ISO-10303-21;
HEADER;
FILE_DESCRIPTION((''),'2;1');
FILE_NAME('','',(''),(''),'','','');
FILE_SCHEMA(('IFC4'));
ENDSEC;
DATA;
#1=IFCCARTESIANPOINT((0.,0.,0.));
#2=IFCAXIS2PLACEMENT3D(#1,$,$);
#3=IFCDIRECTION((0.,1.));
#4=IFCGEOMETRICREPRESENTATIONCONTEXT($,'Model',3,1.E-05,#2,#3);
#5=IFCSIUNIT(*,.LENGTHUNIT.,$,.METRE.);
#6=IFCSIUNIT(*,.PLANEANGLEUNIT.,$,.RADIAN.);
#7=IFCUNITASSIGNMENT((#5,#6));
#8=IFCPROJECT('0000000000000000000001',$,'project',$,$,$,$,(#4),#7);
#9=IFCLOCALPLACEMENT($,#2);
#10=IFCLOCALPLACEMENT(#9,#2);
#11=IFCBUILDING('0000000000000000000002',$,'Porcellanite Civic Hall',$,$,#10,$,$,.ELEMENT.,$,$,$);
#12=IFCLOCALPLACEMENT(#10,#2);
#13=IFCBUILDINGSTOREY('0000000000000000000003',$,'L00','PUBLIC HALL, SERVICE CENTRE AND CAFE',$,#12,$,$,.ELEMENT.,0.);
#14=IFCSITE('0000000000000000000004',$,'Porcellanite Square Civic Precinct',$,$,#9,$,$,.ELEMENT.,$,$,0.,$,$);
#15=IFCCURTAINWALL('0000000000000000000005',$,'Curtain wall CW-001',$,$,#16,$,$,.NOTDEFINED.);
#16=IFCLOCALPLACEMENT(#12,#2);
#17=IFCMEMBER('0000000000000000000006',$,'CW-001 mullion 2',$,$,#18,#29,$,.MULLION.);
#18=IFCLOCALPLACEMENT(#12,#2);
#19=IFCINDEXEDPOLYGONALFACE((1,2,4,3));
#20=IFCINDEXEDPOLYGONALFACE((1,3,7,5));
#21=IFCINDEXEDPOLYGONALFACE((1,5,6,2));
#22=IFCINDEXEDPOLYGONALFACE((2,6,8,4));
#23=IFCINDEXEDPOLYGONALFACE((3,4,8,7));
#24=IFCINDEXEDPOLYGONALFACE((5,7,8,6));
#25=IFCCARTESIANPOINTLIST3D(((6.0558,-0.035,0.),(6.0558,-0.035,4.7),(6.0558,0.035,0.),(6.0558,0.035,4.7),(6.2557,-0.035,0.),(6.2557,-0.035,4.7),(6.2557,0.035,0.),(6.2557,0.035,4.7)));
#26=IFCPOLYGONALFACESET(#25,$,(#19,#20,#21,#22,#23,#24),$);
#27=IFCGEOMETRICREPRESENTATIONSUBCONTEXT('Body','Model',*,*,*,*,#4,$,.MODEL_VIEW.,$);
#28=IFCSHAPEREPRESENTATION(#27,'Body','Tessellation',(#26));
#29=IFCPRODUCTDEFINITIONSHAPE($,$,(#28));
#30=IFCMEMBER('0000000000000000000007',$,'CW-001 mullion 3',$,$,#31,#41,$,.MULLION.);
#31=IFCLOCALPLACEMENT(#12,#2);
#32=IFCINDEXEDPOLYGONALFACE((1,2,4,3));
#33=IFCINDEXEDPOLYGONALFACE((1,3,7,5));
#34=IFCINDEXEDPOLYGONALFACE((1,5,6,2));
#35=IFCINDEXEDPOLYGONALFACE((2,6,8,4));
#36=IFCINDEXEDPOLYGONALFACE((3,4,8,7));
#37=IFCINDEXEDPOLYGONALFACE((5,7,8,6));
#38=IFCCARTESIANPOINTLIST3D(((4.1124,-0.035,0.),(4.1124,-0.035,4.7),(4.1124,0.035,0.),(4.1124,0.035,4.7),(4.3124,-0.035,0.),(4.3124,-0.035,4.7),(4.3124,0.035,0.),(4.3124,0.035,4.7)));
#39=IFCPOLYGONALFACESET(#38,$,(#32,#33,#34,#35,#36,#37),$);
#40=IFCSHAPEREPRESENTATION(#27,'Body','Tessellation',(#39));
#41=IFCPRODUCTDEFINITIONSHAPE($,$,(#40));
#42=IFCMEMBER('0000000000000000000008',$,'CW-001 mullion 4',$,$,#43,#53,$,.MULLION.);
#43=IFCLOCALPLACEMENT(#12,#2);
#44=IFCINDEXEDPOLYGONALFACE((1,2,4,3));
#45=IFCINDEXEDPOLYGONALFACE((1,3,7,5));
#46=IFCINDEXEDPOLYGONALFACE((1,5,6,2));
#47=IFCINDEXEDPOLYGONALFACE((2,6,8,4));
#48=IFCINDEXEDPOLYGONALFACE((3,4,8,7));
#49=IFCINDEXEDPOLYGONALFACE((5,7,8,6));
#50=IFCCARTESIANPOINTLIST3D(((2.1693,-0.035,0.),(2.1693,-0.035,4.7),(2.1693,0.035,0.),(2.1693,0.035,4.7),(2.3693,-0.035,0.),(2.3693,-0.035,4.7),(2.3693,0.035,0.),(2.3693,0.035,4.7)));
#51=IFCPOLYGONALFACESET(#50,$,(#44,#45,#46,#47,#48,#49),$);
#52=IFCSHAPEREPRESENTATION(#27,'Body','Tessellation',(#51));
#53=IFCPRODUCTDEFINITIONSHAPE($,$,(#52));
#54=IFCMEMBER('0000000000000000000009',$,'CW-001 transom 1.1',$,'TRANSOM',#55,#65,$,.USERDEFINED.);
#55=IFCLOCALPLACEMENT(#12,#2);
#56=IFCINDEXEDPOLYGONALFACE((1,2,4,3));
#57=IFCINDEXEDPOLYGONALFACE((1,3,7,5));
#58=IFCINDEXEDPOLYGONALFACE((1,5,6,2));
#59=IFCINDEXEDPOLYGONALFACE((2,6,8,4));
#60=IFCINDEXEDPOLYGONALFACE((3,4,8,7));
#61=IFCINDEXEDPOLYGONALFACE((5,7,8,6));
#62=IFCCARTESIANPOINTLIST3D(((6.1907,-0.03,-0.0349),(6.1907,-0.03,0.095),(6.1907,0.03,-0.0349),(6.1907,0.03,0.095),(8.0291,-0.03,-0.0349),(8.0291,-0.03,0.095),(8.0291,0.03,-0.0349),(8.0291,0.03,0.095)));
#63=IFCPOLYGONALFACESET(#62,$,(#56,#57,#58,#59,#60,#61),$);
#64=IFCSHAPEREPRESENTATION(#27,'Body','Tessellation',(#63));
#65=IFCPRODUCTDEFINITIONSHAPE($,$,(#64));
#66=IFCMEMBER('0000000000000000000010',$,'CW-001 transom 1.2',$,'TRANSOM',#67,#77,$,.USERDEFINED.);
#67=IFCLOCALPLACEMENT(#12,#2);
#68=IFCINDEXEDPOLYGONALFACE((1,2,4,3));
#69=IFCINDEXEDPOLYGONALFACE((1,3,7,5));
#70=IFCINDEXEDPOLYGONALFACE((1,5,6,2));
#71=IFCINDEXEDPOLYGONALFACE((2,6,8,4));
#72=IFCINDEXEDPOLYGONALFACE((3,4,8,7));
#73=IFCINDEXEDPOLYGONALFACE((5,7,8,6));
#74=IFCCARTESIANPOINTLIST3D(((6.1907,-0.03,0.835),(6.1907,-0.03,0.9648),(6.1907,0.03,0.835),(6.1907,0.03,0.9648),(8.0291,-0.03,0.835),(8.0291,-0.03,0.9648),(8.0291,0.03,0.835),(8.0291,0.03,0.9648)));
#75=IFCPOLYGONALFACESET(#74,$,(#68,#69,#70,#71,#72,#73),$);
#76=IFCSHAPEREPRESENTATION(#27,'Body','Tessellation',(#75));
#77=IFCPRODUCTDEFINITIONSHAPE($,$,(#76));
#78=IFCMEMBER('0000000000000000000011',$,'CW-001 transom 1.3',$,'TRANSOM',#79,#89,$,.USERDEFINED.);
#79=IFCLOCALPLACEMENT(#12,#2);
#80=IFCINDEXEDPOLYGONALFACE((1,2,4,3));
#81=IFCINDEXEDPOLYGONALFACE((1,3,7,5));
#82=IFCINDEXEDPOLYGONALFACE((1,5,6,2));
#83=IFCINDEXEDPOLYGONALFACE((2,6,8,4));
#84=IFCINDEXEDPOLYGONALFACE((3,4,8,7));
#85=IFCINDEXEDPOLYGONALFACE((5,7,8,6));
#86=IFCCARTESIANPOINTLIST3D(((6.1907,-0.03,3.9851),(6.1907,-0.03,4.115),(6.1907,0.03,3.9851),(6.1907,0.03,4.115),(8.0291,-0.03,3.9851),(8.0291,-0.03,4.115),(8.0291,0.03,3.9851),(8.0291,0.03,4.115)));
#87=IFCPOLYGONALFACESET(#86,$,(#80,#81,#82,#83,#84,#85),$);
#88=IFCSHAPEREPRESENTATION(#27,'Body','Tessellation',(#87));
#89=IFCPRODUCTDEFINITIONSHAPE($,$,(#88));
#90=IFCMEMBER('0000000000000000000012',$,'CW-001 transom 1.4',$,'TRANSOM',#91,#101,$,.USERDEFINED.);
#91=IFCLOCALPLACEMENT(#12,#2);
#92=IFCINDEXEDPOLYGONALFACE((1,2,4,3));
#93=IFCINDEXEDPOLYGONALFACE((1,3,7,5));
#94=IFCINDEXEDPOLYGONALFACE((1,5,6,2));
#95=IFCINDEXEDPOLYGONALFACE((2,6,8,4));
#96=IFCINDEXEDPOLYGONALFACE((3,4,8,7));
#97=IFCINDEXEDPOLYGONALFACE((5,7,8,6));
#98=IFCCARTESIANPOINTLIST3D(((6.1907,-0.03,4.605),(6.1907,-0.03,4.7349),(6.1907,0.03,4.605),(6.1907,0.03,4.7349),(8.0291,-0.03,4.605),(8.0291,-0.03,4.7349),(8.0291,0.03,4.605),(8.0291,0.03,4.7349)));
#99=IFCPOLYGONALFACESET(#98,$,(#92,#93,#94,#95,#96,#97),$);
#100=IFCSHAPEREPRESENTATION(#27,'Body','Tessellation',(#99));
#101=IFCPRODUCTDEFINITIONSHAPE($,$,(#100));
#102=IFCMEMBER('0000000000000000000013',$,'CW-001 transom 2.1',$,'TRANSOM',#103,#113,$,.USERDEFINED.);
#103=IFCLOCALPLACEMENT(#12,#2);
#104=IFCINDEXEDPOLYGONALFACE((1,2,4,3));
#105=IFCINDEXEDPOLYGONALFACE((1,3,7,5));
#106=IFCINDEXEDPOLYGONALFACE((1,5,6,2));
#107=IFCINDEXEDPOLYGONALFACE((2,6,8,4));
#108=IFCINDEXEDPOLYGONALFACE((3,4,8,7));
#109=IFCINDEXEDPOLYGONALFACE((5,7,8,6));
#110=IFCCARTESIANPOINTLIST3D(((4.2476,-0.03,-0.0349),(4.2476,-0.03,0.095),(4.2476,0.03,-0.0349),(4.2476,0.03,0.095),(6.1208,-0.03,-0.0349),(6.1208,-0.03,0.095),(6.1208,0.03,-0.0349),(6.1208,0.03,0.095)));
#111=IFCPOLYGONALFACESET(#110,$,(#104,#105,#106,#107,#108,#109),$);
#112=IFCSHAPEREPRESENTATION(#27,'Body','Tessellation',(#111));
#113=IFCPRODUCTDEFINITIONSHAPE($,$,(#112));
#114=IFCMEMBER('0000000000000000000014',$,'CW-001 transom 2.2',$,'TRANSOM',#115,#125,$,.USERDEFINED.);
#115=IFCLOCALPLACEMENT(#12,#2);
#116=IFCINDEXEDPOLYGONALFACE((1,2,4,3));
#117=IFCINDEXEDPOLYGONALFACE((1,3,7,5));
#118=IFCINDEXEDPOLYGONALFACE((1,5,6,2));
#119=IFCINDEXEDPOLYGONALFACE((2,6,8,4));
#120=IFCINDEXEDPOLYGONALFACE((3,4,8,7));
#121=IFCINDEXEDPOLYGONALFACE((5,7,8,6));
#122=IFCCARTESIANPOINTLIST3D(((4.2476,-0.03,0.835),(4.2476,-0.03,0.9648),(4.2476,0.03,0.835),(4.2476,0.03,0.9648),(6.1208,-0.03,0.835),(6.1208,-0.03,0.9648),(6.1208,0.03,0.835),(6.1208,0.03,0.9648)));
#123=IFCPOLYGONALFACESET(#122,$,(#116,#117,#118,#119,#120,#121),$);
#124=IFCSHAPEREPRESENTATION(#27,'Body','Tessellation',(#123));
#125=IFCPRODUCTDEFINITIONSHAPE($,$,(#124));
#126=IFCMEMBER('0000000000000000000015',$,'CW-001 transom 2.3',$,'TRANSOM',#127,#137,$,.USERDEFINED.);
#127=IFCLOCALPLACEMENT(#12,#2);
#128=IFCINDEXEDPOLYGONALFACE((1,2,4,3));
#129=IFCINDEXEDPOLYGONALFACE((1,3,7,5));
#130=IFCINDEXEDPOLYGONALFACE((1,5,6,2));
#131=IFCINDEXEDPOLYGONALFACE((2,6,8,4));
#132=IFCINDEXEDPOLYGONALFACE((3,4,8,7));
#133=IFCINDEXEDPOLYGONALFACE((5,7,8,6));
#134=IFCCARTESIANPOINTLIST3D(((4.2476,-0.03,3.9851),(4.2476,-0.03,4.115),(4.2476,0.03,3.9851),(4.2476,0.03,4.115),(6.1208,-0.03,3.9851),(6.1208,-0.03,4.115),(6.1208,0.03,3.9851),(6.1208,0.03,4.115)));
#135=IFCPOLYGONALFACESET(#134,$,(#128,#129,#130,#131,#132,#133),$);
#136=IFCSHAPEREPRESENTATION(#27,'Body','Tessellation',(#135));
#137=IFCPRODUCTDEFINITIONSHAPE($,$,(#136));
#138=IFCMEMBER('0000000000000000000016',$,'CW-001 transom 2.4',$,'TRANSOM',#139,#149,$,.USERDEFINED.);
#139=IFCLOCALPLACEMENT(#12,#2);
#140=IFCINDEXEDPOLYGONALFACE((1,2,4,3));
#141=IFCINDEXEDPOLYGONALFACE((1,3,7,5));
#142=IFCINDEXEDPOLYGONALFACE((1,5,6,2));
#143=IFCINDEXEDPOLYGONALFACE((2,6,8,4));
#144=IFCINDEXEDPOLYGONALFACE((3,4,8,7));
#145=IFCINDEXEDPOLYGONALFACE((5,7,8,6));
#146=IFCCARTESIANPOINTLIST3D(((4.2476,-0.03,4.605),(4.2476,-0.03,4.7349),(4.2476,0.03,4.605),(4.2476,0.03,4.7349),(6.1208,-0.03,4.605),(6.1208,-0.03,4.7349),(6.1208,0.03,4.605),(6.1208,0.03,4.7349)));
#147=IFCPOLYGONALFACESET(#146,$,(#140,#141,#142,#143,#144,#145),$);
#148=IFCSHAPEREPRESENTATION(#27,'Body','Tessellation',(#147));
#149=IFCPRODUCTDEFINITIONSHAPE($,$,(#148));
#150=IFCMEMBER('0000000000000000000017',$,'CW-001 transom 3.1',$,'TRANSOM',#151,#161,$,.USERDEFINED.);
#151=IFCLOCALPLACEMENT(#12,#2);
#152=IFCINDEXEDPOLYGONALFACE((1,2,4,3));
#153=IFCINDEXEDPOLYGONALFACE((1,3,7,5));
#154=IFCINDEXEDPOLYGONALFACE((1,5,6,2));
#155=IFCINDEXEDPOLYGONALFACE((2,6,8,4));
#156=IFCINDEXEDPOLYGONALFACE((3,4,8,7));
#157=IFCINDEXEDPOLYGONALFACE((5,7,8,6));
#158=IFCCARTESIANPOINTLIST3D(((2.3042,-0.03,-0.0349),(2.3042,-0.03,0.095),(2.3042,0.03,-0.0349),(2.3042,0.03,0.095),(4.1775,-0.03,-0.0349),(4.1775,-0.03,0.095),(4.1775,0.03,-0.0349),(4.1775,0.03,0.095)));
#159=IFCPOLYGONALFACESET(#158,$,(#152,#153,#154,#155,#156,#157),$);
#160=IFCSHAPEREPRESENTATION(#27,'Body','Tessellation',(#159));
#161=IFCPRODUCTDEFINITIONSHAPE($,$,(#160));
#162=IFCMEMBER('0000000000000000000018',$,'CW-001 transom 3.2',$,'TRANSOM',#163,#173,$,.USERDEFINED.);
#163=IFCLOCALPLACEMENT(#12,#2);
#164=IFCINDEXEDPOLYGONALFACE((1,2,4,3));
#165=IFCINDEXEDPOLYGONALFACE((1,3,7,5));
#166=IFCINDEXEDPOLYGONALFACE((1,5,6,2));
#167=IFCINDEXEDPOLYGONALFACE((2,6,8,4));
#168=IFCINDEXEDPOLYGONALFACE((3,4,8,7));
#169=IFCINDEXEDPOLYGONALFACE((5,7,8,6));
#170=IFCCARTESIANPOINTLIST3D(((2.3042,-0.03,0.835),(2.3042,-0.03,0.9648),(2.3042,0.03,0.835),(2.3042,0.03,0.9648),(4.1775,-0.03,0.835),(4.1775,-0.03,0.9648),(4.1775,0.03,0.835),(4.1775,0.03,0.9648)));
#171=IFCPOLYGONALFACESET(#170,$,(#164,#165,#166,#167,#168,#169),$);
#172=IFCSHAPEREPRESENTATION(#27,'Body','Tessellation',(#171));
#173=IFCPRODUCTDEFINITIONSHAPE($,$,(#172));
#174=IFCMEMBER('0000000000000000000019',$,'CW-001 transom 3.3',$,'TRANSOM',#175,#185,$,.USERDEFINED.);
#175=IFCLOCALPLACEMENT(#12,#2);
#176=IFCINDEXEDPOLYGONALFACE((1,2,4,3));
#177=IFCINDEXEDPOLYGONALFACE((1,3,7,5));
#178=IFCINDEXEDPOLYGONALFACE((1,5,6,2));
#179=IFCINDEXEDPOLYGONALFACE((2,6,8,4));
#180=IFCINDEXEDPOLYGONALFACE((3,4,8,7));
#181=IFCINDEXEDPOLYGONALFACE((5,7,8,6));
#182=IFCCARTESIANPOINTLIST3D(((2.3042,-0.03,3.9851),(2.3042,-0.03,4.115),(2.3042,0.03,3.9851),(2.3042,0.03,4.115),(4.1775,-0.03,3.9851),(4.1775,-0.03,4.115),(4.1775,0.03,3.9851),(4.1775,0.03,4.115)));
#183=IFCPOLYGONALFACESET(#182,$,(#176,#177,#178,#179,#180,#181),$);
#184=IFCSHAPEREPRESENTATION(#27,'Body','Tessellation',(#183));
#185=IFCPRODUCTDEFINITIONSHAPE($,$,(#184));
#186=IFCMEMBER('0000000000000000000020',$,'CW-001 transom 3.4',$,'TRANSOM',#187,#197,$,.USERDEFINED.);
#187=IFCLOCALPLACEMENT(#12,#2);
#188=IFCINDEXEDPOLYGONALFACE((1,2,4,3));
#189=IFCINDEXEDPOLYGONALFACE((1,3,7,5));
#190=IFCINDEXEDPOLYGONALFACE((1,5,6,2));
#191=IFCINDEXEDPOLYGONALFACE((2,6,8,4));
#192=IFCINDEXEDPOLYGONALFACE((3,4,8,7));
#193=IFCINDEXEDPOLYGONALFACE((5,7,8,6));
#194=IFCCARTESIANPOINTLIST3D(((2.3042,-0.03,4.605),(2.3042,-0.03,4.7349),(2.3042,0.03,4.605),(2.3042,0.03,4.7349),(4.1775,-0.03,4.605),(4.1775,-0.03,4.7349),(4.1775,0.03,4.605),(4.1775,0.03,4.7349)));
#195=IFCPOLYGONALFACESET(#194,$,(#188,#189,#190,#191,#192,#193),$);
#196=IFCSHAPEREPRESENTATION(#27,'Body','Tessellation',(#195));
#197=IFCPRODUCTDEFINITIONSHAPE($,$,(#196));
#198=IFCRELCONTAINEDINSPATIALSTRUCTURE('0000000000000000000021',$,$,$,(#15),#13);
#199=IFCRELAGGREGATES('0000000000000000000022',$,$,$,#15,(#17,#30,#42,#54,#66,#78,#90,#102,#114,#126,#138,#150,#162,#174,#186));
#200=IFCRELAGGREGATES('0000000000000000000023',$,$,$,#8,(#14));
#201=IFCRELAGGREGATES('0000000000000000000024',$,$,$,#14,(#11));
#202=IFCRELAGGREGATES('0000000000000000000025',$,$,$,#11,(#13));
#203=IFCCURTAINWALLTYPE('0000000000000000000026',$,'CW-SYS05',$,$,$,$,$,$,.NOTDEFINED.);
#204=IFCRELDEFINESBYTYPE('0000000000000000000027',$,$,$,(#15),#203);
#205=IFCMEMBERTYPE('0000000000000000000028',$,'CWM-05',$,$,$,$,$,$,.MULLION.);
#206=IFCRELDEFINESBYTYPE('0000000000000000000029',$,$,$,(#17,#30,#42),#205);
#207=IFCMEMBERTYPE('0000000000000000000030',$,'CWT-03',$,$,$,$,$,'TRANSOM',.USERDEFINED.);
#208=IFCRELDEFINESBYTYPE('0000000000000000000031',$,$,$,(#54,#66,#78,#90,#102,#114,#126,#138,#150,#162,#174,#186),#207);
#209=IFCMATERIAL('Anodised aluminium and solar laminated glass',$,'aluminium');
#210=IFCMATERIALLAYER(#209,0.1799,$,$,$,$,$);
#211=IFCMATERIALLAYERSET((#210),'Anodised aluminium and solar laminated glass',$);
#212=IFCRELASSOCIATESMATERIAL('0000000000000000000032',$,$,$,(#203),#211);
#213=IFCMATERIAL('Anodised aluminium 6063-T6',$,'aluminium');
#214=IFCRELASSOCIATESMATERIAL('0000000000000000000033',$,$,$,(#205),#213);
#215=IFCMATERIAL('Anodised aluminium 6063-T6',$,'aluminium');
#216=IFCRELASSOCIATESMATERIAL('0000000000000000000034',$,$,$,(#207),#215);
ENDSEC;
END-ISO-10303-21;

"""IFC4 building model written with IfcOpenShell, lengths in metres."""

from ifc_helpers import new_model, si_unit, direction, frame, origin, origin_2d, place, context, subcontext, project, spatial, rectangle, extrude, material, layer, layer_set, material_profile, profile_set, type_object, element, aggregate, save


model = new_model("IFC4")

# Units and contexts
model_context = context("Model", 3, precision=1e-05, world=origin(), true_north=direction((0.0, 1.0)))
body_context = subcontext(model_context, "Body", "Model", "MODEL_VIEW")
ifc_project = project(units=[si_unit("LENGTHUNIT", "METRE"), si_unit("PLANEANGLEUNIT", "RADIAN")], contexts=[model_context])

# Site, building, storey
site_placement = place(None, origin())
site = spatial("IfcSite", under=ifc_project, at=site_placement, Name="Porcellanite Square Civic Precinct", CompositionType="ELEMENT", RefElevation=0.0)
building_placement = place(site_placement, origin())
building = spatial("IfcBuilding", under=site, at=building_placement, Name="Porcellanite Civic Hall", CompositionType="ELEMENT")
storey_placement = place(building_placement, origin())
storey = spatial("IfcBuildingStorey", under=building, at=storey_placement, Name="L00", Description="PUBLIC HALL, SERVICE CENTRE AND CAFE", CompositionType="ELEMENT", Elevation=0.0)

# Curtain wall, members
ifc_material_1 = material(Name="Anodised aluminium and solar laminated glass", Category="aluminium")
ifc_layer_1 = layer(ifc_material_1, 0.1799)
ifc_layer_set_1 = layer_set([ifc_layer_1], Name="Anodised aluminium and solar laminated glass")
curtain_wall_type = type_object("IfcCurtainWallType", Name="CW-SYS05", PredefinedType="NOTDEFINED", material=ifc_layer_set_1)
curtain_wall_placement = place(storey_placement, origin())
curtain_wall = element("IfcCurtainWall", 1, at=curtain_wall_placement, inside=storey, type_object=curtain_wall_type, Name="Curtain wall CW-001", PredefinedType="NOTDEFINED")
ifc_material_2 = material(Name="Anodised aluminium 6063-T6", Category="aluminium")
ifc_material_profile_1 = material_profile(ifc_material_2, rectangle(XDim=0.0701, YDim=0.2, at=origin_2d()), Name="AL-70x200")
ifc_profile_set_1 = profile_set([ifc_material_profile_1], Name="Anodised aluminium 6063-T6")
member_type_1 = type_object("IfcMemberType", Name="CWM-05", PredefinedType="MULLION", material=ifc_profile_set_1)
member_1_placement = place(storey_placement, frame((6.1558, 0.0, 0.0), z_axis=(0.0, 0.0, 1.0), x_axis=(0.0, -1.0, 0.0)))
member_1 = element("IfcMember", 2, at=member_1_placement, type_object=member_type_1, Name="CW-001 mullion 2", PredefinedType="MULLION", context=body_context, shape_type="SweptSolid", body=[
    extrude(rectangle(XDim=0.0701, YDim=0.2, at=origin_2d()), origin(), (0.0, 0.0, 1.0), 4.7),
])
member_2_placement = place(storey_placement, frame((4.2124, 0.0, 0.0), z_axis=(0.0, 0.0, 1.0), x_axis=(0.0, -1.0, 0.0)))
member_2 = element("IfcMember", 3, at=member_2_placement, type_object=member_type_1, Name="CW-001 mullion 3", PredefinedType="MULLION", context=body_context, shape_type="SweptSolid", body=[
    extrude(rectangle(XDim=0.0701, YDim=0.2, at=origin_2d()), origin(), (0.0, 0.0, 1.0), 4.7),
])
member_3_placement = place(storey_placement, frame((2.2693, 0.0, 0.0), z_axis=(0.0, 0.0, 1.0), x_axis=(0.0, -1.0, 0.0)))
member_3 = element("IfcMember", 4, at=member_3_placement, type_object=member_type_1, Name="CW-001 mullion 4", PredefinedType="MULLION", context=body_context, shape_type="SweptSolid", body=[
    extrude(rectangle(XDim=0.0701, YDim=0.2, at=origin_2d()), origin(), (0.0, 0.0, 1.0), 4.7),
])
ifc_material_3 = material(Name="Anodised aluminium 6063-T6", Category="aluminium")
ifc_material_profile_2 = material_profile(ifc_material_3, rectangle(XDim=0.0601, YDim=0.1299, at=origin_2d()), Name="AL-60x130")
ifc_profile_set_2 = profile_set([ifc_material_profile_2], Name="Anodised aluminium 6063-T6")
member_type_2 = type_object("IfcMemberType", Name="CWT-03", ElementType="TRANSOM", PredefinedType="USERDEFINED", material=ifc_profile_set_2)
member_4_placement = place(storey_placement, frame((8.0291, 0.0, 0.03), z_axis=(-1.0, 0.0, 0.0), x_axis=(0.0, -1.0, 0.0)))
member_4 = element("IfcMember", 5, at=member_4_placement, type_object=member_type_2, Name="CW-001 transom 1.1", ObjectType="TRANSOM", PredefinedType="USERDEFINED", context=body_context, shape_type="SweptSolid", body=[
    extrude(rectangle(XDim=0.0601, YDim=0.1299, at=origin_2d()), origin(), (0.0, 0.0, 1.0), 1.8384),
])
member_5_placement = place(storey_placement, frame((8.0291, 0.0, 0.8999), z_axis=(-1.0, 0.0, 0.0), x_axis=(0.0, -1.0, 0.0)))
member_5 = element("IfcMember", 6, at=member_5_placement, type_object=member_type_2, Name="CW-001 transom 1.2", ObjectType="TRANSOM", PredefinedType="USERDEFINED", context=body_context, shape_type="SweptSolid", body=[
    extrude(rectangle(XDim=0.0601, YDim=0.1299, at=origin_2d()), origin(), (0.0, 0.0, 1.0), 1.8384),
])
member_6_placement = place(storey_placement, frame((8.0291, 0.0, 4.05), z_axis=(-1.0, 0.0, 0.0), x_axis=(0.0, -1.0, 0.0)))
member_6 = element("IfcMember", 7, at=member_6_placement, type_object=member_type_2, Name="CW-001 transom 1.3", ObjectType="TRANSOM", PredefinedType="USERDEFINED", context=body_context, shape_type="SweptSolid", body=[
    extrude(rectangle(XDim=0.0601, YDim=0.1299, at=origin_2d()), origin(), (0.0, 0.0, 1.0), 1.8384),
])
member_7_placement = place(storey_placement, frame((8.0291, 0.0, 4.6699), z_axis=(-1.0, 0.0, 0.0), x_axis=(0.0, -1.0, 0.0)))
member_7 = element("IfcMember", 8, at=member_7_placement, type_object=member_type_2, Name="CW-001 transom 1.4", ObjectType="TRANSOM", PredefinedType="USERDEFINED", context=body_context, shape_type="SweptSolid", body=[
    extrude(rectangle(XDim=0.0601, YDim=0.1299, at=origin_2d()), origin(), (0.0, 0.0, 1.0), 1.8384),
])
member_8_placement = place(storey_placement, frame((6.1208, 0.0, 0.03), z_axis=(-1.0, 0.0, 0.0), x_axis=(0.0, -1.0, 0.0)))
member_8 = element("IfcMember", 9, at=member_8_placement, type_object=member_type_2, Name="CW-001 transom 2.1", ObjectType="TRANSOM", PredefinedType="USERDEFINED", context=body_context, shape_type="SweptSolid", body=[
    extrude(rectangle(XDim=0.0601, YDim=0.1299, at=origin_2d()), origin(), (0.0, 0.0, 1.0), 1.8733),
])
member_9_placement = place(storey_placement, frame((6.1208, 0.0, 0.8999), z_axis=(-1.0, 0.0, 0.0), x_axis=(0.0, -1.0, 0.0)))
member_9 = element("IfcMember", 10, at=member_9_placement, type_object=member_type_2, Name="CW-001 transom 2.2", ObjectType="TRANSOM", PredefinedType="USERDEFINED", context=body_context, shape_type="SweptSolid", body=[
    extrude(rectangle(XDim=0.0601, YDim=0.1299, at=origin_2d()), origin(), (0.0, 0.0, 1.0), 1.8733),
])
member_10_placement = place(storey_placement, frame((6.1208, 0.0, 4.05), z_axis=(-1.0, 0.0, 0.0), x_axis=(0.0, -1.0, 0.0)))
member_10 = element("IfcMember", 11, at=member_10_placement, type_object=member_type_2, Name="CW-001 transom 2.3", ObjectType="TRANSOM", PredefinedType="USERDEFINED", context=body_context, shape_type="SweptSolid", body=[
    extrude(rectangle(XDim=0.0601, YDim=0.1299, at=origin_2d()), origin(), (0.0, 0.0, 1.0), 1.8733),
])
member_11_placement = place(storey_placement, frame((6.1208, 0.0, 4.6699), z_axis=(-1.0, 0.0, 0.0), x_axis=(0.0, -1.0, 0.0)))
member_11 = element("IfcMember", 12, at=member_11_placement, type_object=member_type_2, Name="CW-001 transom 2.4", ObjectType="TRANSOM", PredefinedType="USERDEFINED", context=body_context, shape_type="SweptSolid", body=[
    extrude(rectangle(XDim=0.0601, YDim=0.1299, at=origin_2d()), origin(), (0.0, 0.0, 1.0), 1.8733),
])
member_12_placement = place(storey_placement, frame((4.1775, 0.0, 0.03), z_axis=(-1.0, 0.0, 0.0), x_axis=(0.0, -1.0, 0.0)))
member_12 = element("IfcMember", 13, at=member_12_placement, type_object=member_type_2, Name="CW-001 transom 3.1", ObjectType="TRANSOM", PredefinedType="USERDEFINED", context=body_context, shape_type="SweptSolid", body=[
    extrude(rectangle(XDim=0.0601, YDim=0.1299, at=origin_2d()), origin(), (0.0, 0.0, 1.0), 1.8733),
])
member_13_placement = place(storey_placement, frame((4.1775, 0.0, 0.8999), z_axis=(-1.0, 0.0, 0.0), x_axis=(0.0, -1.0, 0.0)))
member_13 = element("IfcMember", 14, at=member_13_placement, type_object=member_type_2, Name="CW-001 transom 3.2", ObjectType="TRANSOM", PredefinedType="USERDEFINED", context=body_context, shape_type="SweptSolid", body=[
    extrude(rectangle(XDim=0.0601, YDim=0.1299, at=origin_2d()), origin(), (0.0, 0.0, 1.0), 1.8733),
])
member_14_placement = place(storey_placement, frame((4.1775, 0.0, 4.05), z_axis=(-1.0, 0.0, 0.0), x_axis=(0.0, -1.0, 0.0)))
member_14 = element("IfcMember", 15, at=member_14_placement, type_object=member_type_2, Name="CW-001 transom 3.3", ObjectType="TRANSOM", PredefinedType="USERDEFINED", context=body_context, shape_type="SweptSolid", body=[
    extrude(rectangle(XDim=0.0601, YDim=0.1299, at=origin_2d()), origin(), (0.0, 0.0, 1.0), 1.8733),
])
member_15_placement = place(storey_placement, frame((4.1775, 0.0, 4.6699), z_axis=(-1.0, 0.0, 0.0), x_axis=(0.0, -1.0, 0.0)))
member_15 = element("IfcMember", 16, at=member_15_placement, type_object=member_type_2, Name="CW-001 transom 3.4", ObjectType="TRANSOM", PredefinedType="USERDEFINED", context=body_context, shape_type="SweptSolid", body=[
    extrude(rectangle(XDim=0.0601, YDim=0.1299, at=origin_2d()), origin(), (0.0, 0.0, 1.0), 1.8733),
])

aggregate(curtain_wall, [member_1, member_2, member_3, member_4, member_5, member_6, member_7, member_8, member_9, member_10, member_11, member_12, member_13, member_14, member_15])

save(model, "model.ifc")
